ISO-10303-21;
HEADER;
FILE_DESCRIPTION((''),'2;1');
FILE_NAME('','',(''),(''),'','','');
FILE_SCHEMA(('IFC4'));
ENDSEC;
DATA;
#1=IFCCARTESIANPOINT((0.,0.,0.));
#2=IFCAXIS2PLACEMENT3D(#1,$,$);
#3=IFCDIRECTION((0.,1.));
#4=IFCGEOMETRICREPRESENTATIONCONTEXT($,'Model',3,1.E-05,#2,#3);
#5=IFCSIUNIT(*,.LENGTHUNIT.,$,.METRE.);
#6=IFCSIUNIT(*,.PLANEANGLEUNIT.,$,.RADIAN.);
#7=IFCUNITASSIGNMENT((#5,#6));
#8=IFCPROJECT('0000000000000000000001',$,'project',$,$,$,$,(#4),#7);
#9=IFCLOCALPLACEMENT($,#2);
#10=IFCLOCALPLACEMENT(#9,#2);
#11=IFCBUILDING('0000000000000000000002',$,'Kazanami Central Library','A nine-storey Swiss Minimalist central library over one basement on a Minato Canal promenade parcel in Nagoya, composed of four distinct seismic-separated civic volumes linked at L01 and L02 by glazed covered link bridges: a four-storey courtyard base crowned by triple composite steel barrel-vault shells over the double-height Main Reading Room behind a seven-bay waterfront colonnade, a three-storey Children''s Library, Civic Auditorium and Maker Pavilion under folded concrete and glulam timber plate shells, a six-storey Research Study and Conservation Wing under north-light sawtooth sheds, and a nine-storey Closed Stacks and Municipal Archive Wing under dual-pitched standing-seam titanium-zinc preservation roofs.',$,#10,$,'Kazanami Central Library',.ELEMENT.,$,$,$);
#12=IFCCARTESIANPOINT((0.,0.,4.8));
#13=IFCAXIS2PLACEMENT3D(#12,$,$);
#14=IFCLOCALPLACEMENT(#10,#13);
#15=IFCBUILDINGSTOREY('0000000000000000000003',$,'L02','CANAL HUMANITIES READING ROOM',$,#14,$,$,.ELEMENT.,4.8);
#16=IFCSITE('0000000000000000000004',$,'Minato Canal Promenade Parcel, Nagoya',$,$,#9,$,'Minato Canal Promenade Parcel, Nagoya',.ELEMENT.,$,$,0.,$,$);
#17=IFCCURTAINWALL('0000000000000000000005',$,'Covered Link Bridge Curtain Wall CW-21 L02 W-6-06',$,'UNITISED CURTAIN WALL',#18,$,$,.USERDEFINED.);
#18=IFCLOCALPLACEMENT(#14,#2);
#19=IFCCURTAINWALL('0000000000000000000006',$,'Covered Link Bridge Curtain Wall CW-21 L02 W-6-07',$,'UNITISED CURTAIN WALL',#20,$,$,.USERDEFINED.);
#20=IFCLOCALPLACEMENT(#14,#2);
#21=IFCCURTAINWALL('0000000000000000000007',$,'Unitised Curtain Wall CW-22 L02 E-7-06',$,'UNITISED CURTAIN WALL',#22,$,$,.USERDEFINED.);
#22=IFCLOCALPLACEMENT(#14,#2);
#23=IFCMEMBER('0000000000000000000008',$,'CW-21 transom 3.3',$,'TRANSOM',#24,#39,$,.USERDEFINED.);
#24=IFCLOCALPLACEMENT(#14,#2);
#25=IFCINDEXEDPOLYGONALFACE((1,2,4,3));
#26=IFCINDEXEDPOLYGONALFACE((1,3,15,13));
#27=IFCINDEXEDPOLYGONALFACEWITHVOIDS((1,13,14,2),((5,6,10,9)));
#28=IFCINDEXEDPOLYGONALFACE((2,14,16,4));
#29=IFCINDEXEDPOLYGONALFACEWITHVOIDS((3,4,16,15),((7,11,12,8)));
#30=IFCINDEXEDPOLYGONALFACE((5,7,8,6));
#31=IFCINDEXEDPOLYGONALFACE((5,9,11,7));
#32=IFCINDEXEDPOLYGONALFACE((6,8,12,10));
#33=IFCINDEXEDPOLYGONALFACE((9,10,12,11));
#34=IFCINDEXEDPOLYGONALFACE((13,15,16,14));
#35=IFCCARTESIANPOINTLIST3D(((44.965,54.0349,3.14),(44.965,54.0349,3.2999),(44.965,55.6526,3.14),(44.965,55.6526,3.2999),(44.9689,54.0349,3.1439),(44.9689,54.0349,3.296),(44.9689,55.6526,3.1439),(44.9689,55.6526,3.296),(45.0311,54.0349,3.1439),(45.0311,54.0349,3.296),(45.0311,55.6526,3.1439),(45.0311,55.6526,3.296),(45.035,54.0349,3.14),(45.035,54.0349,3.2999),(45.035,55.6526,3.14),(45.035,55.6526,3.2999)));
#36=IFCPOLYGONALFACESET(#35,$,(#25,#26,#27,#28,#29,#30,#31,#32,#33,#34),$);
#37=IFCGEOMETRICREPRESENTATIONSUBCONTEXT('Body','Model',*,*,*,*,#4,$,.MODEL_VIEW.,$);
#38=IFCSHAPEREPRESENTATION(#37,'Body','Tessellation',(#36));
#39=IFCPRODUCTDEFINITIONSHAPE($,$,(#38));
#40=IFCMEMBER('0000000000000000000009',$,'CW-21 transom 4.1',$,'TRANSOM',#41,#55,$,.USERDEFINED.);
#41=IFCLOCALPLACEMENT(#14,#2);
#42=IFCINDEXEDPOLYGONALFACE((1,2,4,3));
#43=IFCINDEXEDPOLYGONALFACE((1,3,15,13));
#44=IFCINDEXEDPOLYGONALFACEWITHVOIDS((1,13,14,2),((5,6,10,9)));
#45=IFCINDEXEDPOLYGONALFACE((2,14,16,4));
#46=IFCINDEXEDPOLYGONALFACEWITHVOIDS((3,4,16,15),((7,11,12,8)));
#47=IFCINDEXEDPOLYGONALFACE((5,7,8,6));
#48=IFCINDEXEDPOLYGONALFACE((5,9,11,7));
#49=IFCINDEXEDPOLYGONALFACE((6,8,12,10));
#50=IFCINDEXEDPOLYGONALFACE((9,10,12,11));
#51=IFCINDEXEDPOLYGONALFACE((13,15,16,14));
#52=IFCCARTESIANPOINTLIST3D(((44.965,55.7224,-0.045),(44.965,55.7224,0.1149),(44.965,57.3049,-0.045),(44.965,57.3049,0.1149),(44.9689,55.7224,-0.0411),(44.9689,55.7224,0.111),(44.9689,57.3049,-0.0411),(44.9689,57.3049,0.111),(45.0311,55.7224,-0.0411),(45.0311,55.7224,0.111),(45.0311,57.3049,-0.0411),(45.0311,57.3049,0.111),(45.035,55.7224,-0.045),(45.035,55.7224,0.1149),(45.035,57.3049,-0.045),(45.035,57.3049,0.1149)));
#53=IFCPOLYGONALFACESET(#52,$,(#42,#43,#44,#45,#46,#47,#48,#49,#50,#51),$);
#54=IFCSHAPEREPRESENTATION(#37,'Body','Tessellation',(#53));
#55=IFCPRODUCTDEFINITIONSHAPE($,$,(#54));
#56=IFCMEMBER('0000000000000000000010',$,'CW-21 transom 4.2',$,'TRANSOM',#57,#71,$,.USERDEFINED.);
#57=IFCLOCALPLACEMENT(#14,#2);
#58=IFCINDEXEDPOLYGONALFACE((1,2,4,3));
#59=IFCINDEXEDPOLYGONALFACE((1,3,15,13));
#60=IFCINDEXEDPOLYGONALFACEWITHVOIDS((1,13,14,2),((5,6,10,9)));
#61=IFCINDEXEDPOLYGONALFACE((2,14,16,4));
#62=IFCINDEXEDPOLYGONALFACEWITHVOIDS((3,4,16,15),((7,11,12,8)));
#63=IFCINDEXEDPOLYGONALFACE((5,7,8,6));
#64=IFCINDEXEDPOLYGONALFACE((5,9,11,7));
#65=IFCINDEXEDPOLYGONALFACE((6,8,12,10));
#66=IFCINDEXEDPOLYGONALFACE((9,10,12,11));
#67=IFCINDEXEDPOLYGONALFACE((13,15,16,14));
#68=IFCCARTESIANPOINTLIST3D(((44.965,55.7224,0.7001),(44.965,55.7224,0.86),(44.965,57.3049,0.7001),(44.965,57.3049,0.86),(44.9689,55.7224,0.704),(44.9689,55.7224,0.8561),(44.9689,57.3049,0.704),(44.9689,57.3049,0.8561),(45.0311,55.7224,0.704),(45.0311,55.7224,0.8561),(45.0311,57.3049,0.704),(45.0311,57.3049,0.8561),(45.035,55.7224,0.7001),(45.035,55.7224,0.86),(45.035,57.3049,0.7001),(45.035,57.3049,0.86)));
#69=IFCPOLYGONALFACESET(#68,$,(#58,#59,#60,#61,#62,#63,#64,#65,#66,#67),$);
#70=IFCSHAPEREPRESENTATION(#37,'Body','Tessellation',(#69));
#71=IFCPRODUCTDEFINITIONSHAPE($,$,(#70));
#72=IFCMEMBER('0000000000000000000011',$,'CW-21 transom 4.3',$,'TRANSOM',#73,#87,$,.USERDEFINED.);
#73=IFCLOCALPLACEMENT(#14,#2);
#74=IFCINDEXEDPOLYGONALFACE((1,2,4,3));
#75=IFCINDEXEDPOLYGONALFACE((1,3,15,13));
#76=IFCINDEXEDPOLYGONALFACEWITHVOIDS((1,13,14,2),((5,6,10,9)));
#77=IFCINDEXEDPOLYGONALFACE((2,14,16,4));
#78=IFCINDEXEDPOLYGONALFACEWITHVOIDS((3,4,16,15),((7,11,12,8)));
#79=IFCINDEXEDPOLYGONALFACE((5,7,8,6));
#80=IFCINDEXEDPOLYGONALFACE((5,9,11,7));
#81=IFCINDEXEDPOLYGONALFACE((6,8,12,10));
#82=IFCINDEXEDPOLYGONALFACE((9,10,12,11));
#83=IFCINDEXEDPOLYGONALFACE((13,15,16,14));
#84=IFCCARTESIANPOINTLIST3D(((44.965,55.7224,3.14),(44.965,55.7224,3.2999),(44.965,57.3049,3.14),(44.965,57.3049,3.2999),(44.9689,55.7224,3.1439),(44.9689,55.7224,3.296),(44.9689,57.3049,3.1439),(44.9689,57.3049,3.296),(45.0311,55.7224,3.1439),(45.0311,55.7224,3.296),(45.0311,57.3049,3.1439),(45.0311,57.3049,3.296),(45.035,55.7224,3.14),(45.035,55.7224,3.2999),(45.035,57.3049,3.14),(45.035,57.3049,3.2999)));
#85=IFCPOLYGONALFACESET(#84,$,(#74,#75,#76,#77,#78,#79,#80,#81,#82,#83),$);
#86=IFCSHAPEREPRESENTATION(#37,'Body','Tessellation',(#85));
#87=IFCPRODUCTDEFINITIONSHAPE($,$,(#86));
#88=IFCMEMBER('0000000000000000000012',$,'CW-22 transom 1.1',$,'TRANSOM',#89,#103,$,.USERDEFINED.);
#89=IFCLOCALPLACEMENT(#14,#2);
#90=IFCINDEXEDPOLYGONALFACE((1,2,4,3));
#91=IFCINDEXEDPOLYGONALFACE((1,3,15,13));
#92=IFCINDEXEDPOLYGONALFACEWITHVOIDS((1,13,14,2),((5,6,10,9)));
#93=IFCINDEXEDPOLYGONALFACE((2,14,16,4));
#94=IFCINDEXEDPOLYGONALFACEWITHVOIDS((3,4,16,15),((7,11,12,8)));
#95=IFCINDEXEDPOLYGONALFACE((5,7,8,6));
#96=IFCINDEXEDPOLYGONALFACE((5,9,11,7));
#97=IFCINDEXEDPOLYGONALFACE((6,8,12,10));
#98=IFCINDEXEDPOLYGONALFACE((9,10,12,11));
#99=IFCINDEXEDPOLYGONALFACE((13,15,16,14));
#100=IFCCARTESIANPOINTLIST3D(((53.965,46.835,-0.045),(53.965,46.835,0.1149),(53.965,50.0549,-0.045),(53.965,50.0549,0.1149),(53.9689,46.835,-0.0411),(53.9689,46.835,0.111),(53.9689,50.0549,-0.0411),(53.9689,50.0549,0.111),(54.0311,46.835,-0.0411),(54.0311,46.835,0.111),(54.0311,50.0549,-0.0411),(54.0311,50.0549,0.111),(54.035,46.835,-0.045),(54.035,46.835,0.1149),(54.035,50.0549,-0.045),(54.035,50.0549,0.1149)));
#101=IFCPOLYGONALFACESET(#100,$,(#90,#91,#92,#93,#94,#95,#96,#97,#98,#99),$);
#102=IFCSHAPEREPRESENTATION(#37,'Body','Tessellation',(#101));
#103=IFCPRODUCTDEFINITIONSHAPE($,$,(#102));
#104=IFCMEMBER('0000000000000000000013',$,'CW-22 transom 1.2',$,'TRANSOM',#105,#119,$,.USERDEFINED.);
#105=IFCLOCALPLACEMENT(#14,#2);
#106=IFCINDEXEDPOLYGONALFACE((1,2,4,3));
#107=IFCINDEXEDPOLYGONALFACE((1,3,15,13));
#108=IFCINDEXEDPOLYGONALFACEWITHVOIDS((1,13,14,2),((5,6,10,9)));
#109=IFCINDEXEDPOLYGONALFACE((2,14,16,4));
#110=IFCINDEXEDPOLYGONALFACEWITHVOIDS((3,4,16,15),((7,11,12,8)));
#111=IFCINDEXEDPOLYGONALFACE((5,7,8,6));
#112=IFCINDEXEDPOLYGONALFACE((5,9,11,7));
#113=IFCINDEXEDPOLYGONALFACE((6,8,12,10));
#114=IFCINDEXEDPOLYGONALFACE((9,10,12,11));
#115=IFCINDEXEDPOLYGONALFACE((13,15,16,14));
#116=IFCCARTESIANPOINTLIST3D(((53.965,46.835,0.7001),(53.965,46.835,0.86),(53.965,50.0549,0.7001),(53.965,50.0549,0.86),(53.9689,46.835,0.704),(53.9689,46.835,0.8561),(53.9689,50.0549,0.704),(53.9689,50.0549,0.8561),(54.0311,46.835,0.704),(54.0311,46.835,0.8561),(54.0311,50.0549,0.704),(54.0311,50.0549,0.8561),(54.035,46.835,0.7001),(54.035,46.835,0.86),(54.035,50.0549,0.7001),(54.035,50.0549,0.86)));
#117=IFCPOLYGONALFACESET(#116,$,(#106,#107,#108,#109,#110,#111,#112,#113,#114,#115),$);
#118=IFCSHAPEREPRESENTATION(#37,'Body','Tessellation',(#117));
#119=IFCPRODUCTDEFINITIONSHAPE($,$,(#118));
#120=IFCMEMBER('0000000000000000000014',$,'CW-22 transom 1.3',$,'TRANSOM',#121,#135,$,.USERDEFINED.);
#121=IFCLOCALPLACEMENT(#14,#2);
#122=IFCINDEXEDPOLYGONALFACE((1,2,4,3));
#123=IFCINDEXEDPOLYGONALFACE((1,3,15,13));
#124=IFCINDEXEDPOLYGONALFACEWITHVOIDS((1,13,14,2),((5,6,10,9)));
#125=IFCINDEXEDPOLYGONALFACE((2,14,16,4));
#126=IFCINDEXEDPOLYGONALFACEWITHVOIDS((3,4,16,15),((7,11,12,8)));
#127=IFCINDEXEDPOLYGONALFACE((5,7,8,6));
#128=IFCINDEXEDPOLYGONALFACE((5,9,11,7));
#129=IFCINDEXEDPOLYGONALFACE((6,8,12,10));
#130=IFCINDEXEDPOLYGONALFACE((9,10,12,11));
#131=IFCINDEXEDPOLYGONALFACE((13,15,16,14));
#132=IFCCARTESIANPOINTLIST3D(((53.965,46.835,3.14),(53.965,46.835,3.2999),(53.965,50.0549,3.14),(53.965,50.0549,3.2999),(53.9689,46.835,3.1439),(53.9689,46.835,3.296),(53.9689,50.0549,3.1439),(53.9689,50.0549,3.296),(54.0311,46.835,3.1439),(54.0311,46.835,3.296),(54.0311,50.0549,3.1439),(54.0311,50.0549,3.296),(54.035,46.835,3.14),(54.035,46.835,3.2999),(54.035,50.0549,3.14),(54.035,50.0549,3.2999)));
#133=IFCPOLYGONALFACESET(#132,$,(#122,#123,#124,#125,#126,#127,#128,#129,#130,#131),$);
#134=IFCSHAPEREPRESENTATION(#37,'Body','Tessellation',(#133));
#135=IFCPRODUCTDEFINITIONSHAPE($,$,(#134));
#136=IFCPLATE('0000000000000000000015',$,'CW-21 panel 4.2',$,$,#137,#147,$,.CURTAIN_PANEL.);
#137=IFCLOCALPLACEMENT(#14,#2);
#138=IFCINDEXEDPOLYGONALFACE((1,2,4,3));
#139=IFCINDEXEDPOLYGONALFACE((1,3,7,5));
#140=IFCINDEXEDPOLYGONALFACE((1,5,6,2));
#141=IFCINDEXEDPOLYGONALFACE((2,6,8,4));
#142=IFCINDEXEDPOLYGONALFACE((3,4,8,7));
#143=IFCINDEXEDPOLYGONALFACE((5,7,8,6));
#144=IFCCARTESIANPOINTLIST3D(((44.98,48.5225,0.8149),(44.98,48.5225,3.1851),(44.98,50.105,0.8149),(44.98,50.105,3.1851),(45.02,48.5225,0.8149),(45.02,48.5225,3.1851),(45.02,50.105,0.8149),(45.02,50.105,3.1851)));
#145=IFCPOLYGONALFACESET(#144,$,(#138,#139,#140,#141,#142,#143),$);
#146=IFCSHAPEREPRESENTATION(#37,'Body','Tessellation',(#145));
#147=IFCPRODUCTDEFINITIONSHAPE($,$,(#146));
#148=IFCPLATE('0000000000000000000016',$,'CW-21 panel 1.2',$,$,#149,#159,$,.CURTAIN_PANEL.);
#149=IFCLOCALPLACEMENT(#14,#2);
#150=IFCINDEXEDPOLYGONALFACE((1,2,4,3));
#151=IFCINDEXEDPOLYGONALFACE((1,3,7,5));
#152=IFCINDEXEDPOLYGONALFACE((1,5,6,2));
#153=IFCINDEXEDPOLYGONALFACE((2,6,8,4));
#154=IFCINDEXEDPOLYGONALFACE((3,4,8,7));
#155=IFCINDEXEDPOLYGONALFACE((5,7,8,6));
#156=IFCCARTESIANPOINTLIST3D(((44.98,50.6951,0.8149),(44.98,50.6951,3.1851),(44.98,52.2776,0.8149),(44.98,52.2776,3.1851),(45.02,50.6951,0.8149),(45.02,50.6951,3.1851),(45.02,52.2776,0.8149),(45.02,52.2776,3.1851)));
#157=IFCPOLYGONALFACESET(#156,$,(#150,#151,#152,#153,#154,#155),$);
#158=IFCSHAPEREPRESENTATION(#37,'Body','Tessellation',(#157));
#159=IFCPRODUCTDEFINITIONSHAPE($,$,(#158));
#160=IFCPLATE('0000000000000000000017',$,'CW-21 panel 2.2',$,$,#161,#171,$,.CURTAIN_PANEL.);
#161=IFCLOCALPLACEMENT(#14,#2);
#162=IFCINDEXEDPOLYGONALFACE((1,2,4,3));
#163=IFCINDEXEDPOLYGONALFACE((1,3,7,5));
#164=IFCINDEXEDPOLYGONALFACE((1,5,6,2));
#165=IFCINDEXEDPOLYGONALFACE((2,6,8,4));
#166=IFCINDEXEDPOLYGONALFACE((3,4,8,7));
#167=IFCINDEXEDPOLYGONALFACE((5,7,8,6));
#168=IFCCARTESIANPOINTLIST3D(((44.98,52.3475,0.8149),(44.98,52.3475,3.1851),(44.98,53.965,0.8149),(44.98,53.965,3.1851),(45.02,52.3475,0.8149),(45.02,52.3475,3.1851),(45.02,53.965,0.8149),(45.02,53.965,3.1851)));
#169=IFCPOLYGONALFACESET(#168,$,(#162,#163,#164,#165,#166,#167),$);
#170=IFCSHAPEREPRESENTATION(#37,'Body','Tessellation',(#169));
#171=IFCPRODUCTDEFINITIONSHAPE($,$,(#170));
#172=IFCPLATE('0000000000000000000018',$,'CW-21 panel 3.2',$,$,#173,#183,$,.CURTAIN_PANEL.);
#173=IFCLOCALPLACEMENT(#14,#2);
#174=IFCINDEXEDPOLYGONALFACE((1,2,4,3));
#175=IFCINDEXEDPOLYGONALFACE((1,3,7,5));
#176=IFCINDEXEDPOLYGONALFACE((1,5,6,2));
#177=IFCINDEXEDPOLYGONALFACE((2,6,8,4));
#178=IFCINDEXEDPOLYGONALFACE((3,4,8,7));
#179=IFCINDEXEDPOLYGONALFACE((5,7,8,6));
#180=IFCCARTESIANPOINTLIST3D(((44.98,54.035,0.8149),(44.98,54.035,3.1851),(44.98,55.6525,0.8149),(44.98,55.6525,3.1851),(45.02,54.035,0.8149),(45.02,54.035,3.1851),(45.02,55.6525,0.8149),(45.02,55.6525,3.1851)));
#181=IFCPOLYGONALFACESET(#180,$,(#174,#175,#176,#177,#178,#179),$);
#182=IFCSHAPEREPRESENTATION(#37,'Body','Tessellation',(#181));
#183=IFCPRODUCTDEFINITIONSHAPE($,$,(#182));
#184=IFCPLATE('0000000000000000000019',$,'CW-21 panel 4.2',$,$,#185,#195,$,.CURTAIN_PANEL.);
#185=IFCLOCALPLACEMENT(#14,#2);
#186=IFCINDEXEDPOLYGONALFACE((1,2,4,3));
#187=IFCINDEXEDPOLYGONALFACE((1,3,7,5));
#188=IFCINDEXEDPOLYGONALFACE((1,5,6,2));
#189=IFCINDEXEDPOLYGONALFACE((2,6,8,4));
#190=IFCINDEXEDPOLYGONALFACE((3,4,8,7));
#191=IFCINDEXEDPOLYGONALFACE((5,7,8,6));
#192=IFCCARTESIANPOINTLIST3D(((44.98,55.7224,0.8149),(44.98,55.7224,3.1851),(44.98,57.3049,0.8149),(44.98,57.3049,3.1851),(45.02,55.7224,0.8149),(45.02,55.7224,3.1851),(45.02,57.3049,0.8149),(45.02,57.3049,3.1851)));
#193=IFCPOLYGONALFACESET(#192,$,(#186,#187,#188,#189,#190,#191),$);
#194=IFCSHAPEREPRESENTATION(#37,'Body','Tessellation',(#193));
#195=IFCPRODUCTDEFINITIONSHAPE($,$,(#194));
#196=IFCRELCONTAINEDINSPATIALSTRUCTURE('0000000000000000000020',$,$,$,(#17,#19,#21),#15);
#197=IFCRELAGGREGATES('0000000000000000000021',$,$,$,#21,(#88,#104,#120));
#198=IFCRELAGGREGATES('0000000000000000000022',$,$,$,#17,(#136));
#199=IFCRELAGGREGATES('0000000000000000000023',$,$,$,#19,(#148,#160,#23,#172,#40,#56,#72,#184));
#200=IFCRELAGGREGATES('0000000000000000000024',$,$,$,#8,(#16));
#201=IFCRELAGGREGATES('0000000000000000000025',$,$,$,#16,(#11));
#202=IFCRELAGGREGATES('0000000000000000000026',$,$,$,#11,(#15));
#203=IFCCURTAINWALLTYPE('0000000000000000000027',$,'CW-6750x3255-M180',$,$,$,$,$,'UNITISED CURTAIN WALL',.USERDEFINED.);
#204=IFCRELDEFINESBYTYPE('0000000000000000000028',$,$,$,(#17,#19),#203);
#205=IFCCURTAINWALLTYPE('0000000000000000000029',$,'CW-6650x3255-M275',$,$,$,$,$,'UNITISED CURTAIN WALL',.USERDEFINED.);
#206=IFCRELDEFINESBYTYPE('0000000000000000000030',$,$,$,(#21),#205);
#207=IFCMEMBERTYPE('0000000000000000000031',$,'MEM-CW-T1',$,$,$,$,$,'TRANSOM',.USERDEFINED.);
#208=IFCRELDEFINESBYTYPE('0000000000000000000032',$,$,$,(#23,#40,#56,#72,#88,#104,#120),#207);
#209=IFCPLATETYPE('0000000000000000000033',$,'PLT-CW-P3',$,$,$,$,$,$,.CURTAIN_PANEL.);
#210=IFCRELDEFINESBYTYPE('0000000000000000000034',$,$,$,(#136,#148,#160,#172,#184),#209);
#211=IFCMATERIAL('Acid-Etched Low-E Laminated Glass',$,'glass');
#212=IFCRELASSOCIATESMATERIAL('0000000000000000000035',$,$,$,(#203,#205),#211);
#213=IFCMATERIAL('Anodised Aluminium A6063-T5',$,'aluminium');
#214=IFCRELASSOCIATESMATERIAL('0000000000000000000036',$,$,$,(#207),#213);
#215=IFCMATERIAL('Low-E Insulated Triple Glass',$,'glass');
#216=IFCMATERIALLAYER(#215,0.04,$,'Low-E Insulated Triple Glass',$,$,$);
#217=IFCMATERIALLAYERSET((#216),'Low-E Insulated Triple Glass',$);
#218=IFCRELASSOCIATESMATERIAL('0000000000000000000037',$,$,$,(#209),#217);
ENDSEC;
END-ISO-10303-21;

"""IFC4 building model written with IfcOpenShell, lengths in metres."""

from ifc_helpers import new_model, si_unit, direction, frame, origin, origin_2d, place, context, subcontext, project, spatial, rectangle, hollow_rectangle, extrude, material, layer, layer_set, material_profile, profile_set, type_object, element, aggregate, save


model = new_model("IFC4")

# Units and contexts
model_context = context("Model", 3, precision=1e-05, world=origin(), true_north=direction((0.0, 1.0)))
body_context = subcontext(model_context, "Body", "Model", "MODEL_VIEW")
ifc_project = project(units=[si_unit("LENGTHUNIT", "METRE"), si_unit("PLANEANGLEUNIT", "RADIAN")], contexts=[model_context])

# Site, building, storey
site_placement = place(None, origin())
site = spatial("IfcSite", under=ifc_project, at=site_placement, Name="Minato Canal Promenade Parcel, Nagoya", LongName="Minato Canal Promenade Parcel, Nagoya", CompositionType="ELEMENT", RefElevation=0.0)
building_placement = place(site_placement, origin())
building = spatial("IfcBuilding", under=site, at=building_placement, Name="Kazanami Central Library", Description="A nine-storey Swiss Minimalist central library over one basement on a Minato Canal promenade parcel in Nagoya, composed of four distinct seismic-separated civic volumes linked at L01 and L02 by glazed covered link bridges: a four-storey courtyard base crowned by triple composite steel barrel-vault shells over the double-height Main Reading Room behind a seven-bay waterfront colonnade, a three-storey Children's Library, Civic Auditorium and Maker Pavilion under folded concrete and glulam timber plate shells, a six-storey Research Study and Conservation Wing under north-light sawtooth sheds, and a nine-storey Closed Stacks and Municipal Archive Wing under dual-pitched standing-seam titanium-zinc preservation roofs.", LongName="Kazanami Central Library", CompositionType="ELEMENT")
storey_placement = place(building_placement, frame((0.0, 0.0, 4.8)))
storey = spatial("IfcBuildingStorey", under=building, at=storey_placement, Name="L02", Description="CANAL HUMANITIES READING ROOM", CompositionType="ELEMENT", Elevation=4.8)

# Curtain wall
ifc_material_1 = material(Name="Acid-Etched Low-E Laminated Glass", Category="glass")
curtain_wall_type_1 = type_object("IfcCurtainWallType", Name="CW-6750x3255-M180", ElementType="UNITISED CURTAIN WALL", PredefinedType="USERDEFINED", material=ifc_material_1)
curtain_wall_1_placement = place(storey_placement, origin())
curtain_wall_1 = element("IfcCurtainWall", 1, at=curtain_wall_1_placement, inside=storey, type_object=curtain_wall_type_1, Name="Covered Link Bridge Curtain Wall CW-21 L02 W-6-06", ObjectType="UNITISED CURTAIN WALL", PredefinedType="USERDEFINED")
ifc_material_2 = material(Name="Anodised Aluminium A6063-T5", Category="aluminium")

# Curtain wall
curtain_wall_2_placement = place(storey_placement, origin())
curtain_wall_2 = element("IfcCurtainWall", 2, at=curtain_wall_2_placement, inside=storey, type_object=curtain_wall_type_1, Name="Covered Link Bridge Curtain Wall CW-21 L02 W-6-07", ObjectType="UNITISED CURTAIN WALL", PredefinedType="USERDEFINED")

# Curtain wall
curtain_wall_type_2 = type_object("IfcCurtainWallType", Name="CW-6650x3255-M275", ElementType="UNITISED CURTAIN WALL", PredefinedType="USERDEFINED", material=ifc_material_1)
curtain_wall_3_placement = place(storey_placement, origin())
curtain_wall_3 = element("IfcCurtainWall", 3, at=curtain_wall_3_placement, inside=storey, type_object=curtain_wall_type_2, Name="Unitised Curtain Wall CW-22 L02 E-7-06", ObjectType="UNITISED CURTAIN WALL", PredefinedType="USERDEFINED")

# Members
ifc_material_profile_1 = material_profile(ifc_material_2, hollow_rectangle(XDim=0.0701, YDim=0.1599, WallThickness=0.0039, at=origin_2d()), Name="ALU-TRAN-70x160x4")
ifc_profile_set_1 = profile_set([ifc_material_profile_1], Name="Anodised Aluminium A6063-T5")
member_type_1 = type_object("IfcMemberType", Name="MEM-CW-T1", ElementType="TRANSOM", PredefinedType="USERDEFINED", material=ifc_profile_set_1)
member_1_placement = place(storey_placement, frame((45.0, 54.0349, 3.22), z_axis=(0.0, 1.0, 0.0), x_axis=(-1.0, 0.0, 0.0)))
member_1 = element("IfcMember", 4, at=member_1_placement, type_object=member_type_1, Name="CW-21 transom 3.3", ObjectType="TRANSOM", PredefinedType="USERDEFINED", context=body_context, shape_type="SweptSolid", body=[
    extrude(hollow_rectangle(XDim=0.0701, YDim=0.1599, WallThickness=0.0039, at=origin_2d()), origin(), (0.0, 0.0, 1.0), 1.6177),
])
member_2_placement = place(storey_placement, frame((45.0, 55.7224, 0.0349), z_axis=(0.0, 1.0, 0.0), x_axis=(-1.0, 0.0, 0.0)))
member_2 = element("IfcMember", 5, at=member_2_placement, type_object=member_type_1, Name="CW-21 transom 4.1", ObjectType="TRANSOM", PredefinedType="USERDEFINED", context=body_context, shape_type="SweptSolid", body=[
    extrude(hollow_rectangle(XDim=0.0701, YDim=0.1599, WallThickness=0.0039, at=origin_2d()), origin(), (0.0, 0.0, 1.0), 1.5825),
])
member_3_placement = place(storey_placement, frame((45.0, 55.7224, 0.78), z_axis=(0.0, 1.0, 0.0), x_axis=(-1.0, 0.0, 0.0)))
member_3 = element("IfcMember", 6, at=member_3_placement, type_object=member_type_1, Name="CW-21 transom 4.2", ObjectType="TRANSOM", PredefinedType="USERDEFINED", context=body_context, shape_type="SweptSolid", body=[
    extrude(hollow_rectangle(XDim=0.0701, YDim=0.1599, WallThickness=0.0039, at=origin_2d()), origin(), (0.0, 0.0, 1.0), 1.5825),
])
member_4_placement = place(storey_placement, frame((45.0, 55.7224, 3.22), z_axis=(0.0, 1.0, 0.0), x_axis=(-1.0, 0.0, 0.0)))
member_4 = element("IfcMember", 7, at=member_4_placement, type_object=member_type_1, Name="CW-21 transom 4.3", ObjectType="TRANSOM", PredefinedType="USERDEFINED", context=body_context, shape_type="SweptSolid", body=[
    extrude(hollow_rectangle(XDim=0.0701, YDim=0.1599, WallThickness=0.0039, at=origin_2d()), origin(), (0.0, 0.0, 1.0), 1.5825),
])
member_5_placement = place(storey_placement, frame((54.0, 50.0549, 0.0349), z_axis=(0.0, -1.0, 0.0), x_axis=(1.0, 0.0, 0.0)))
member_5 = element("IfcMember", 8, at=member_5_placement, type_object=member_type_1, Name="CW-22 transom 1.1", ObjectType="TRANSOM", PredefinedType="USERDEFINED", context=body_context, shape_type="SweptSolid", body=[
    extrude(hollow_rectangle(XDim=0.0701, YDim=0.1599, WallThickness=0.0039, at=origin_2d()), origin(), (0.0, 0.0, 1.0), 3.22),
])
member_6_placement = place(storey_placement, frame((54.0, 50.0549, 0.78), z_axis=(0.0, -1.0, 0.0), x_axis=(1.0, 0.0, 0.0)))
member_6 = element("IfcMember", 9, at=member_6_placement, type_object=member_type_1, Name="CW-22 transom 1.2", ObjectType="TRANSOM", PredefinedType="USERDEFINED", context=body_context, shape_type="SweptSolid", body=[
    extrude(hollow_rectangle(XDim=0.0701, YDim=0.1599, WallThickness=0.0039, at=origin_2d()), origin(), (0.0, 0.0, 1.0), 3.22),
])
member_7_placement = place(storey_placement, frame((54.0, 50.0549, 3.22), z_axis=(0.0, -1.0, 0.0), x_axis=(1.0, 0.0, 0.0)))
member_7 = element("IfcMember", 10, at=member_7_placement, type_object=member_type_1, Name="CW-22 transom 1.3", ObjectType="TRANSOM", PredefinedType="USERDEFINED", context=body_context, shape_type="SweptSolid", body=[
    extrude(hollow_rectangle(XDim=0.0701, YDim=0.1599, WallThickness=0.0039, at=origin_2d()), origin(), (0.0, 0.0, 1.0), 3.22),
])
aggregate(curtain_wall_3, [member_5, member_6, member_7])

# Plates
ifc_material_3 = material(Name="Low-E Insulated Triple Glass", Category="glass")
ifc_layer_1 = layer(ifc_material_3, 0.04, Name="Low-E Insulated Triple Glass")
ifc_layer_set_1 = layer_set([ifc_layer_1], Name="Low-E Insulated Triple Glass")
plate_type_1 = type_object("IfcPlateType", Name="PLT-CW-P3", PredefinedType="CURTAIN_PANEL", material=ifc_layer_set_1)
plate_1_placement = place(storey_placement, frame((45.0, 49.3137, 0.8149), z_axis=(0.0, 0.0, 1.0), x_axis=(0.0, 1.0, 0.0)))
plate_1 = element("IfcPlate", 11, at=plate_1_placement, type_object=plate_type_1, Name="CW-21 panel 4.2", PredefinedType="CURTAIN_PANEL", context=body_context, shape_type="SweptSolid", body=[
    extrude(rectangle(XDim=1.5825, YDim=0.04, at=origin_2d()), origin(), (0.0, 0.0, 1.0), 2.3701),
])
aggregate(curtain_wall_1, [plate_1])
plate_2_placement = place(storey_placement, frame((45.0, 51.4863, 0.8149), z_axis=(0.0, 0.0, 1.0), x_axis=(0.0, 1.0, 0.0)))
plate_2 = element("IfcPlate", 12, at=plate_2_placement, type_object=plate_type_1, Name="CW-21 panel 1.2", PredefinedType="CURTAIN_PANEL", context=body_context, shape_type="SweptSolid", body=[
    extrude(rectangle(XDim=1.5825, YDim=0.04, at=origin_2d()), origin(), (0.0, 0.0, 1.0), 2.3701),
])
plate_3_placement = place(storey_placement, frame((45.0, 53.1562, 0.8149), z_axis=(0.0, 0.0, 1.0), x_axis=(0.0, 1.0, 0.0)))
plate_3 = element("IfcPlate", 13, at=plate_3_placement, type_object=plate_type_1, Name="CW-21 panel 2.2", PredefinedType="CURTAIN_PANEL", context=body_context, shape_type="SweptSolid", body=[
    extrude(rectangle(XDim=1.6174, YDim=0.04, at=origin_2d()), origin(), (0.0, 0.0, 1.0), 2.3701),
])
plate_4_placement = place(storey_placement, frame((45.0, 54.8438, 0.8149), z_axis=(0.0, 0.0, 1.0), x_axis=(0.0, 1.0, 0.0)))
plate_4 = element("IfcPlate", 14, at=plate_4_placement, type_object=plate_type_1, Name="CW-21 panel 3.2", PredefinedType="CURTAIN_PANEL", context=body_context, shape_type="SweptSolid", body=[
    extrude(rectangle(XDim=1.6174, YDim=0.04, at=origin_2d()), origin(), (0.0, 0.0, 1.0), 2.3701),
])
plate_5_placement = place(storey_placement, frame((45.0, 56.5137, 0.8149), z_axis=(0.0, 0.0, 1.0), x_axis=(0.0, 1.0, 0.0)))
plate_5 = element("IfcPlate", 15, at=plate_5_placement, type_object=plate_type_1, Name="CW-21 panel 4.2", PredefinedType="CURTAIN_PANEL", context=body_context, shape_type="SweptSolid", body=[
    extrude(rectangle(XDim=1.5825, YDim=0.04, at=origin_2d()), origin(), (0.0, 0.0, 1.0), 2.3701),
])
aggregate(curtain_wall_2, [plate_2, plate_3, member_1, plate_4, member_2, member_3, member_4, plate_5])

save(model, "model.ifc")
